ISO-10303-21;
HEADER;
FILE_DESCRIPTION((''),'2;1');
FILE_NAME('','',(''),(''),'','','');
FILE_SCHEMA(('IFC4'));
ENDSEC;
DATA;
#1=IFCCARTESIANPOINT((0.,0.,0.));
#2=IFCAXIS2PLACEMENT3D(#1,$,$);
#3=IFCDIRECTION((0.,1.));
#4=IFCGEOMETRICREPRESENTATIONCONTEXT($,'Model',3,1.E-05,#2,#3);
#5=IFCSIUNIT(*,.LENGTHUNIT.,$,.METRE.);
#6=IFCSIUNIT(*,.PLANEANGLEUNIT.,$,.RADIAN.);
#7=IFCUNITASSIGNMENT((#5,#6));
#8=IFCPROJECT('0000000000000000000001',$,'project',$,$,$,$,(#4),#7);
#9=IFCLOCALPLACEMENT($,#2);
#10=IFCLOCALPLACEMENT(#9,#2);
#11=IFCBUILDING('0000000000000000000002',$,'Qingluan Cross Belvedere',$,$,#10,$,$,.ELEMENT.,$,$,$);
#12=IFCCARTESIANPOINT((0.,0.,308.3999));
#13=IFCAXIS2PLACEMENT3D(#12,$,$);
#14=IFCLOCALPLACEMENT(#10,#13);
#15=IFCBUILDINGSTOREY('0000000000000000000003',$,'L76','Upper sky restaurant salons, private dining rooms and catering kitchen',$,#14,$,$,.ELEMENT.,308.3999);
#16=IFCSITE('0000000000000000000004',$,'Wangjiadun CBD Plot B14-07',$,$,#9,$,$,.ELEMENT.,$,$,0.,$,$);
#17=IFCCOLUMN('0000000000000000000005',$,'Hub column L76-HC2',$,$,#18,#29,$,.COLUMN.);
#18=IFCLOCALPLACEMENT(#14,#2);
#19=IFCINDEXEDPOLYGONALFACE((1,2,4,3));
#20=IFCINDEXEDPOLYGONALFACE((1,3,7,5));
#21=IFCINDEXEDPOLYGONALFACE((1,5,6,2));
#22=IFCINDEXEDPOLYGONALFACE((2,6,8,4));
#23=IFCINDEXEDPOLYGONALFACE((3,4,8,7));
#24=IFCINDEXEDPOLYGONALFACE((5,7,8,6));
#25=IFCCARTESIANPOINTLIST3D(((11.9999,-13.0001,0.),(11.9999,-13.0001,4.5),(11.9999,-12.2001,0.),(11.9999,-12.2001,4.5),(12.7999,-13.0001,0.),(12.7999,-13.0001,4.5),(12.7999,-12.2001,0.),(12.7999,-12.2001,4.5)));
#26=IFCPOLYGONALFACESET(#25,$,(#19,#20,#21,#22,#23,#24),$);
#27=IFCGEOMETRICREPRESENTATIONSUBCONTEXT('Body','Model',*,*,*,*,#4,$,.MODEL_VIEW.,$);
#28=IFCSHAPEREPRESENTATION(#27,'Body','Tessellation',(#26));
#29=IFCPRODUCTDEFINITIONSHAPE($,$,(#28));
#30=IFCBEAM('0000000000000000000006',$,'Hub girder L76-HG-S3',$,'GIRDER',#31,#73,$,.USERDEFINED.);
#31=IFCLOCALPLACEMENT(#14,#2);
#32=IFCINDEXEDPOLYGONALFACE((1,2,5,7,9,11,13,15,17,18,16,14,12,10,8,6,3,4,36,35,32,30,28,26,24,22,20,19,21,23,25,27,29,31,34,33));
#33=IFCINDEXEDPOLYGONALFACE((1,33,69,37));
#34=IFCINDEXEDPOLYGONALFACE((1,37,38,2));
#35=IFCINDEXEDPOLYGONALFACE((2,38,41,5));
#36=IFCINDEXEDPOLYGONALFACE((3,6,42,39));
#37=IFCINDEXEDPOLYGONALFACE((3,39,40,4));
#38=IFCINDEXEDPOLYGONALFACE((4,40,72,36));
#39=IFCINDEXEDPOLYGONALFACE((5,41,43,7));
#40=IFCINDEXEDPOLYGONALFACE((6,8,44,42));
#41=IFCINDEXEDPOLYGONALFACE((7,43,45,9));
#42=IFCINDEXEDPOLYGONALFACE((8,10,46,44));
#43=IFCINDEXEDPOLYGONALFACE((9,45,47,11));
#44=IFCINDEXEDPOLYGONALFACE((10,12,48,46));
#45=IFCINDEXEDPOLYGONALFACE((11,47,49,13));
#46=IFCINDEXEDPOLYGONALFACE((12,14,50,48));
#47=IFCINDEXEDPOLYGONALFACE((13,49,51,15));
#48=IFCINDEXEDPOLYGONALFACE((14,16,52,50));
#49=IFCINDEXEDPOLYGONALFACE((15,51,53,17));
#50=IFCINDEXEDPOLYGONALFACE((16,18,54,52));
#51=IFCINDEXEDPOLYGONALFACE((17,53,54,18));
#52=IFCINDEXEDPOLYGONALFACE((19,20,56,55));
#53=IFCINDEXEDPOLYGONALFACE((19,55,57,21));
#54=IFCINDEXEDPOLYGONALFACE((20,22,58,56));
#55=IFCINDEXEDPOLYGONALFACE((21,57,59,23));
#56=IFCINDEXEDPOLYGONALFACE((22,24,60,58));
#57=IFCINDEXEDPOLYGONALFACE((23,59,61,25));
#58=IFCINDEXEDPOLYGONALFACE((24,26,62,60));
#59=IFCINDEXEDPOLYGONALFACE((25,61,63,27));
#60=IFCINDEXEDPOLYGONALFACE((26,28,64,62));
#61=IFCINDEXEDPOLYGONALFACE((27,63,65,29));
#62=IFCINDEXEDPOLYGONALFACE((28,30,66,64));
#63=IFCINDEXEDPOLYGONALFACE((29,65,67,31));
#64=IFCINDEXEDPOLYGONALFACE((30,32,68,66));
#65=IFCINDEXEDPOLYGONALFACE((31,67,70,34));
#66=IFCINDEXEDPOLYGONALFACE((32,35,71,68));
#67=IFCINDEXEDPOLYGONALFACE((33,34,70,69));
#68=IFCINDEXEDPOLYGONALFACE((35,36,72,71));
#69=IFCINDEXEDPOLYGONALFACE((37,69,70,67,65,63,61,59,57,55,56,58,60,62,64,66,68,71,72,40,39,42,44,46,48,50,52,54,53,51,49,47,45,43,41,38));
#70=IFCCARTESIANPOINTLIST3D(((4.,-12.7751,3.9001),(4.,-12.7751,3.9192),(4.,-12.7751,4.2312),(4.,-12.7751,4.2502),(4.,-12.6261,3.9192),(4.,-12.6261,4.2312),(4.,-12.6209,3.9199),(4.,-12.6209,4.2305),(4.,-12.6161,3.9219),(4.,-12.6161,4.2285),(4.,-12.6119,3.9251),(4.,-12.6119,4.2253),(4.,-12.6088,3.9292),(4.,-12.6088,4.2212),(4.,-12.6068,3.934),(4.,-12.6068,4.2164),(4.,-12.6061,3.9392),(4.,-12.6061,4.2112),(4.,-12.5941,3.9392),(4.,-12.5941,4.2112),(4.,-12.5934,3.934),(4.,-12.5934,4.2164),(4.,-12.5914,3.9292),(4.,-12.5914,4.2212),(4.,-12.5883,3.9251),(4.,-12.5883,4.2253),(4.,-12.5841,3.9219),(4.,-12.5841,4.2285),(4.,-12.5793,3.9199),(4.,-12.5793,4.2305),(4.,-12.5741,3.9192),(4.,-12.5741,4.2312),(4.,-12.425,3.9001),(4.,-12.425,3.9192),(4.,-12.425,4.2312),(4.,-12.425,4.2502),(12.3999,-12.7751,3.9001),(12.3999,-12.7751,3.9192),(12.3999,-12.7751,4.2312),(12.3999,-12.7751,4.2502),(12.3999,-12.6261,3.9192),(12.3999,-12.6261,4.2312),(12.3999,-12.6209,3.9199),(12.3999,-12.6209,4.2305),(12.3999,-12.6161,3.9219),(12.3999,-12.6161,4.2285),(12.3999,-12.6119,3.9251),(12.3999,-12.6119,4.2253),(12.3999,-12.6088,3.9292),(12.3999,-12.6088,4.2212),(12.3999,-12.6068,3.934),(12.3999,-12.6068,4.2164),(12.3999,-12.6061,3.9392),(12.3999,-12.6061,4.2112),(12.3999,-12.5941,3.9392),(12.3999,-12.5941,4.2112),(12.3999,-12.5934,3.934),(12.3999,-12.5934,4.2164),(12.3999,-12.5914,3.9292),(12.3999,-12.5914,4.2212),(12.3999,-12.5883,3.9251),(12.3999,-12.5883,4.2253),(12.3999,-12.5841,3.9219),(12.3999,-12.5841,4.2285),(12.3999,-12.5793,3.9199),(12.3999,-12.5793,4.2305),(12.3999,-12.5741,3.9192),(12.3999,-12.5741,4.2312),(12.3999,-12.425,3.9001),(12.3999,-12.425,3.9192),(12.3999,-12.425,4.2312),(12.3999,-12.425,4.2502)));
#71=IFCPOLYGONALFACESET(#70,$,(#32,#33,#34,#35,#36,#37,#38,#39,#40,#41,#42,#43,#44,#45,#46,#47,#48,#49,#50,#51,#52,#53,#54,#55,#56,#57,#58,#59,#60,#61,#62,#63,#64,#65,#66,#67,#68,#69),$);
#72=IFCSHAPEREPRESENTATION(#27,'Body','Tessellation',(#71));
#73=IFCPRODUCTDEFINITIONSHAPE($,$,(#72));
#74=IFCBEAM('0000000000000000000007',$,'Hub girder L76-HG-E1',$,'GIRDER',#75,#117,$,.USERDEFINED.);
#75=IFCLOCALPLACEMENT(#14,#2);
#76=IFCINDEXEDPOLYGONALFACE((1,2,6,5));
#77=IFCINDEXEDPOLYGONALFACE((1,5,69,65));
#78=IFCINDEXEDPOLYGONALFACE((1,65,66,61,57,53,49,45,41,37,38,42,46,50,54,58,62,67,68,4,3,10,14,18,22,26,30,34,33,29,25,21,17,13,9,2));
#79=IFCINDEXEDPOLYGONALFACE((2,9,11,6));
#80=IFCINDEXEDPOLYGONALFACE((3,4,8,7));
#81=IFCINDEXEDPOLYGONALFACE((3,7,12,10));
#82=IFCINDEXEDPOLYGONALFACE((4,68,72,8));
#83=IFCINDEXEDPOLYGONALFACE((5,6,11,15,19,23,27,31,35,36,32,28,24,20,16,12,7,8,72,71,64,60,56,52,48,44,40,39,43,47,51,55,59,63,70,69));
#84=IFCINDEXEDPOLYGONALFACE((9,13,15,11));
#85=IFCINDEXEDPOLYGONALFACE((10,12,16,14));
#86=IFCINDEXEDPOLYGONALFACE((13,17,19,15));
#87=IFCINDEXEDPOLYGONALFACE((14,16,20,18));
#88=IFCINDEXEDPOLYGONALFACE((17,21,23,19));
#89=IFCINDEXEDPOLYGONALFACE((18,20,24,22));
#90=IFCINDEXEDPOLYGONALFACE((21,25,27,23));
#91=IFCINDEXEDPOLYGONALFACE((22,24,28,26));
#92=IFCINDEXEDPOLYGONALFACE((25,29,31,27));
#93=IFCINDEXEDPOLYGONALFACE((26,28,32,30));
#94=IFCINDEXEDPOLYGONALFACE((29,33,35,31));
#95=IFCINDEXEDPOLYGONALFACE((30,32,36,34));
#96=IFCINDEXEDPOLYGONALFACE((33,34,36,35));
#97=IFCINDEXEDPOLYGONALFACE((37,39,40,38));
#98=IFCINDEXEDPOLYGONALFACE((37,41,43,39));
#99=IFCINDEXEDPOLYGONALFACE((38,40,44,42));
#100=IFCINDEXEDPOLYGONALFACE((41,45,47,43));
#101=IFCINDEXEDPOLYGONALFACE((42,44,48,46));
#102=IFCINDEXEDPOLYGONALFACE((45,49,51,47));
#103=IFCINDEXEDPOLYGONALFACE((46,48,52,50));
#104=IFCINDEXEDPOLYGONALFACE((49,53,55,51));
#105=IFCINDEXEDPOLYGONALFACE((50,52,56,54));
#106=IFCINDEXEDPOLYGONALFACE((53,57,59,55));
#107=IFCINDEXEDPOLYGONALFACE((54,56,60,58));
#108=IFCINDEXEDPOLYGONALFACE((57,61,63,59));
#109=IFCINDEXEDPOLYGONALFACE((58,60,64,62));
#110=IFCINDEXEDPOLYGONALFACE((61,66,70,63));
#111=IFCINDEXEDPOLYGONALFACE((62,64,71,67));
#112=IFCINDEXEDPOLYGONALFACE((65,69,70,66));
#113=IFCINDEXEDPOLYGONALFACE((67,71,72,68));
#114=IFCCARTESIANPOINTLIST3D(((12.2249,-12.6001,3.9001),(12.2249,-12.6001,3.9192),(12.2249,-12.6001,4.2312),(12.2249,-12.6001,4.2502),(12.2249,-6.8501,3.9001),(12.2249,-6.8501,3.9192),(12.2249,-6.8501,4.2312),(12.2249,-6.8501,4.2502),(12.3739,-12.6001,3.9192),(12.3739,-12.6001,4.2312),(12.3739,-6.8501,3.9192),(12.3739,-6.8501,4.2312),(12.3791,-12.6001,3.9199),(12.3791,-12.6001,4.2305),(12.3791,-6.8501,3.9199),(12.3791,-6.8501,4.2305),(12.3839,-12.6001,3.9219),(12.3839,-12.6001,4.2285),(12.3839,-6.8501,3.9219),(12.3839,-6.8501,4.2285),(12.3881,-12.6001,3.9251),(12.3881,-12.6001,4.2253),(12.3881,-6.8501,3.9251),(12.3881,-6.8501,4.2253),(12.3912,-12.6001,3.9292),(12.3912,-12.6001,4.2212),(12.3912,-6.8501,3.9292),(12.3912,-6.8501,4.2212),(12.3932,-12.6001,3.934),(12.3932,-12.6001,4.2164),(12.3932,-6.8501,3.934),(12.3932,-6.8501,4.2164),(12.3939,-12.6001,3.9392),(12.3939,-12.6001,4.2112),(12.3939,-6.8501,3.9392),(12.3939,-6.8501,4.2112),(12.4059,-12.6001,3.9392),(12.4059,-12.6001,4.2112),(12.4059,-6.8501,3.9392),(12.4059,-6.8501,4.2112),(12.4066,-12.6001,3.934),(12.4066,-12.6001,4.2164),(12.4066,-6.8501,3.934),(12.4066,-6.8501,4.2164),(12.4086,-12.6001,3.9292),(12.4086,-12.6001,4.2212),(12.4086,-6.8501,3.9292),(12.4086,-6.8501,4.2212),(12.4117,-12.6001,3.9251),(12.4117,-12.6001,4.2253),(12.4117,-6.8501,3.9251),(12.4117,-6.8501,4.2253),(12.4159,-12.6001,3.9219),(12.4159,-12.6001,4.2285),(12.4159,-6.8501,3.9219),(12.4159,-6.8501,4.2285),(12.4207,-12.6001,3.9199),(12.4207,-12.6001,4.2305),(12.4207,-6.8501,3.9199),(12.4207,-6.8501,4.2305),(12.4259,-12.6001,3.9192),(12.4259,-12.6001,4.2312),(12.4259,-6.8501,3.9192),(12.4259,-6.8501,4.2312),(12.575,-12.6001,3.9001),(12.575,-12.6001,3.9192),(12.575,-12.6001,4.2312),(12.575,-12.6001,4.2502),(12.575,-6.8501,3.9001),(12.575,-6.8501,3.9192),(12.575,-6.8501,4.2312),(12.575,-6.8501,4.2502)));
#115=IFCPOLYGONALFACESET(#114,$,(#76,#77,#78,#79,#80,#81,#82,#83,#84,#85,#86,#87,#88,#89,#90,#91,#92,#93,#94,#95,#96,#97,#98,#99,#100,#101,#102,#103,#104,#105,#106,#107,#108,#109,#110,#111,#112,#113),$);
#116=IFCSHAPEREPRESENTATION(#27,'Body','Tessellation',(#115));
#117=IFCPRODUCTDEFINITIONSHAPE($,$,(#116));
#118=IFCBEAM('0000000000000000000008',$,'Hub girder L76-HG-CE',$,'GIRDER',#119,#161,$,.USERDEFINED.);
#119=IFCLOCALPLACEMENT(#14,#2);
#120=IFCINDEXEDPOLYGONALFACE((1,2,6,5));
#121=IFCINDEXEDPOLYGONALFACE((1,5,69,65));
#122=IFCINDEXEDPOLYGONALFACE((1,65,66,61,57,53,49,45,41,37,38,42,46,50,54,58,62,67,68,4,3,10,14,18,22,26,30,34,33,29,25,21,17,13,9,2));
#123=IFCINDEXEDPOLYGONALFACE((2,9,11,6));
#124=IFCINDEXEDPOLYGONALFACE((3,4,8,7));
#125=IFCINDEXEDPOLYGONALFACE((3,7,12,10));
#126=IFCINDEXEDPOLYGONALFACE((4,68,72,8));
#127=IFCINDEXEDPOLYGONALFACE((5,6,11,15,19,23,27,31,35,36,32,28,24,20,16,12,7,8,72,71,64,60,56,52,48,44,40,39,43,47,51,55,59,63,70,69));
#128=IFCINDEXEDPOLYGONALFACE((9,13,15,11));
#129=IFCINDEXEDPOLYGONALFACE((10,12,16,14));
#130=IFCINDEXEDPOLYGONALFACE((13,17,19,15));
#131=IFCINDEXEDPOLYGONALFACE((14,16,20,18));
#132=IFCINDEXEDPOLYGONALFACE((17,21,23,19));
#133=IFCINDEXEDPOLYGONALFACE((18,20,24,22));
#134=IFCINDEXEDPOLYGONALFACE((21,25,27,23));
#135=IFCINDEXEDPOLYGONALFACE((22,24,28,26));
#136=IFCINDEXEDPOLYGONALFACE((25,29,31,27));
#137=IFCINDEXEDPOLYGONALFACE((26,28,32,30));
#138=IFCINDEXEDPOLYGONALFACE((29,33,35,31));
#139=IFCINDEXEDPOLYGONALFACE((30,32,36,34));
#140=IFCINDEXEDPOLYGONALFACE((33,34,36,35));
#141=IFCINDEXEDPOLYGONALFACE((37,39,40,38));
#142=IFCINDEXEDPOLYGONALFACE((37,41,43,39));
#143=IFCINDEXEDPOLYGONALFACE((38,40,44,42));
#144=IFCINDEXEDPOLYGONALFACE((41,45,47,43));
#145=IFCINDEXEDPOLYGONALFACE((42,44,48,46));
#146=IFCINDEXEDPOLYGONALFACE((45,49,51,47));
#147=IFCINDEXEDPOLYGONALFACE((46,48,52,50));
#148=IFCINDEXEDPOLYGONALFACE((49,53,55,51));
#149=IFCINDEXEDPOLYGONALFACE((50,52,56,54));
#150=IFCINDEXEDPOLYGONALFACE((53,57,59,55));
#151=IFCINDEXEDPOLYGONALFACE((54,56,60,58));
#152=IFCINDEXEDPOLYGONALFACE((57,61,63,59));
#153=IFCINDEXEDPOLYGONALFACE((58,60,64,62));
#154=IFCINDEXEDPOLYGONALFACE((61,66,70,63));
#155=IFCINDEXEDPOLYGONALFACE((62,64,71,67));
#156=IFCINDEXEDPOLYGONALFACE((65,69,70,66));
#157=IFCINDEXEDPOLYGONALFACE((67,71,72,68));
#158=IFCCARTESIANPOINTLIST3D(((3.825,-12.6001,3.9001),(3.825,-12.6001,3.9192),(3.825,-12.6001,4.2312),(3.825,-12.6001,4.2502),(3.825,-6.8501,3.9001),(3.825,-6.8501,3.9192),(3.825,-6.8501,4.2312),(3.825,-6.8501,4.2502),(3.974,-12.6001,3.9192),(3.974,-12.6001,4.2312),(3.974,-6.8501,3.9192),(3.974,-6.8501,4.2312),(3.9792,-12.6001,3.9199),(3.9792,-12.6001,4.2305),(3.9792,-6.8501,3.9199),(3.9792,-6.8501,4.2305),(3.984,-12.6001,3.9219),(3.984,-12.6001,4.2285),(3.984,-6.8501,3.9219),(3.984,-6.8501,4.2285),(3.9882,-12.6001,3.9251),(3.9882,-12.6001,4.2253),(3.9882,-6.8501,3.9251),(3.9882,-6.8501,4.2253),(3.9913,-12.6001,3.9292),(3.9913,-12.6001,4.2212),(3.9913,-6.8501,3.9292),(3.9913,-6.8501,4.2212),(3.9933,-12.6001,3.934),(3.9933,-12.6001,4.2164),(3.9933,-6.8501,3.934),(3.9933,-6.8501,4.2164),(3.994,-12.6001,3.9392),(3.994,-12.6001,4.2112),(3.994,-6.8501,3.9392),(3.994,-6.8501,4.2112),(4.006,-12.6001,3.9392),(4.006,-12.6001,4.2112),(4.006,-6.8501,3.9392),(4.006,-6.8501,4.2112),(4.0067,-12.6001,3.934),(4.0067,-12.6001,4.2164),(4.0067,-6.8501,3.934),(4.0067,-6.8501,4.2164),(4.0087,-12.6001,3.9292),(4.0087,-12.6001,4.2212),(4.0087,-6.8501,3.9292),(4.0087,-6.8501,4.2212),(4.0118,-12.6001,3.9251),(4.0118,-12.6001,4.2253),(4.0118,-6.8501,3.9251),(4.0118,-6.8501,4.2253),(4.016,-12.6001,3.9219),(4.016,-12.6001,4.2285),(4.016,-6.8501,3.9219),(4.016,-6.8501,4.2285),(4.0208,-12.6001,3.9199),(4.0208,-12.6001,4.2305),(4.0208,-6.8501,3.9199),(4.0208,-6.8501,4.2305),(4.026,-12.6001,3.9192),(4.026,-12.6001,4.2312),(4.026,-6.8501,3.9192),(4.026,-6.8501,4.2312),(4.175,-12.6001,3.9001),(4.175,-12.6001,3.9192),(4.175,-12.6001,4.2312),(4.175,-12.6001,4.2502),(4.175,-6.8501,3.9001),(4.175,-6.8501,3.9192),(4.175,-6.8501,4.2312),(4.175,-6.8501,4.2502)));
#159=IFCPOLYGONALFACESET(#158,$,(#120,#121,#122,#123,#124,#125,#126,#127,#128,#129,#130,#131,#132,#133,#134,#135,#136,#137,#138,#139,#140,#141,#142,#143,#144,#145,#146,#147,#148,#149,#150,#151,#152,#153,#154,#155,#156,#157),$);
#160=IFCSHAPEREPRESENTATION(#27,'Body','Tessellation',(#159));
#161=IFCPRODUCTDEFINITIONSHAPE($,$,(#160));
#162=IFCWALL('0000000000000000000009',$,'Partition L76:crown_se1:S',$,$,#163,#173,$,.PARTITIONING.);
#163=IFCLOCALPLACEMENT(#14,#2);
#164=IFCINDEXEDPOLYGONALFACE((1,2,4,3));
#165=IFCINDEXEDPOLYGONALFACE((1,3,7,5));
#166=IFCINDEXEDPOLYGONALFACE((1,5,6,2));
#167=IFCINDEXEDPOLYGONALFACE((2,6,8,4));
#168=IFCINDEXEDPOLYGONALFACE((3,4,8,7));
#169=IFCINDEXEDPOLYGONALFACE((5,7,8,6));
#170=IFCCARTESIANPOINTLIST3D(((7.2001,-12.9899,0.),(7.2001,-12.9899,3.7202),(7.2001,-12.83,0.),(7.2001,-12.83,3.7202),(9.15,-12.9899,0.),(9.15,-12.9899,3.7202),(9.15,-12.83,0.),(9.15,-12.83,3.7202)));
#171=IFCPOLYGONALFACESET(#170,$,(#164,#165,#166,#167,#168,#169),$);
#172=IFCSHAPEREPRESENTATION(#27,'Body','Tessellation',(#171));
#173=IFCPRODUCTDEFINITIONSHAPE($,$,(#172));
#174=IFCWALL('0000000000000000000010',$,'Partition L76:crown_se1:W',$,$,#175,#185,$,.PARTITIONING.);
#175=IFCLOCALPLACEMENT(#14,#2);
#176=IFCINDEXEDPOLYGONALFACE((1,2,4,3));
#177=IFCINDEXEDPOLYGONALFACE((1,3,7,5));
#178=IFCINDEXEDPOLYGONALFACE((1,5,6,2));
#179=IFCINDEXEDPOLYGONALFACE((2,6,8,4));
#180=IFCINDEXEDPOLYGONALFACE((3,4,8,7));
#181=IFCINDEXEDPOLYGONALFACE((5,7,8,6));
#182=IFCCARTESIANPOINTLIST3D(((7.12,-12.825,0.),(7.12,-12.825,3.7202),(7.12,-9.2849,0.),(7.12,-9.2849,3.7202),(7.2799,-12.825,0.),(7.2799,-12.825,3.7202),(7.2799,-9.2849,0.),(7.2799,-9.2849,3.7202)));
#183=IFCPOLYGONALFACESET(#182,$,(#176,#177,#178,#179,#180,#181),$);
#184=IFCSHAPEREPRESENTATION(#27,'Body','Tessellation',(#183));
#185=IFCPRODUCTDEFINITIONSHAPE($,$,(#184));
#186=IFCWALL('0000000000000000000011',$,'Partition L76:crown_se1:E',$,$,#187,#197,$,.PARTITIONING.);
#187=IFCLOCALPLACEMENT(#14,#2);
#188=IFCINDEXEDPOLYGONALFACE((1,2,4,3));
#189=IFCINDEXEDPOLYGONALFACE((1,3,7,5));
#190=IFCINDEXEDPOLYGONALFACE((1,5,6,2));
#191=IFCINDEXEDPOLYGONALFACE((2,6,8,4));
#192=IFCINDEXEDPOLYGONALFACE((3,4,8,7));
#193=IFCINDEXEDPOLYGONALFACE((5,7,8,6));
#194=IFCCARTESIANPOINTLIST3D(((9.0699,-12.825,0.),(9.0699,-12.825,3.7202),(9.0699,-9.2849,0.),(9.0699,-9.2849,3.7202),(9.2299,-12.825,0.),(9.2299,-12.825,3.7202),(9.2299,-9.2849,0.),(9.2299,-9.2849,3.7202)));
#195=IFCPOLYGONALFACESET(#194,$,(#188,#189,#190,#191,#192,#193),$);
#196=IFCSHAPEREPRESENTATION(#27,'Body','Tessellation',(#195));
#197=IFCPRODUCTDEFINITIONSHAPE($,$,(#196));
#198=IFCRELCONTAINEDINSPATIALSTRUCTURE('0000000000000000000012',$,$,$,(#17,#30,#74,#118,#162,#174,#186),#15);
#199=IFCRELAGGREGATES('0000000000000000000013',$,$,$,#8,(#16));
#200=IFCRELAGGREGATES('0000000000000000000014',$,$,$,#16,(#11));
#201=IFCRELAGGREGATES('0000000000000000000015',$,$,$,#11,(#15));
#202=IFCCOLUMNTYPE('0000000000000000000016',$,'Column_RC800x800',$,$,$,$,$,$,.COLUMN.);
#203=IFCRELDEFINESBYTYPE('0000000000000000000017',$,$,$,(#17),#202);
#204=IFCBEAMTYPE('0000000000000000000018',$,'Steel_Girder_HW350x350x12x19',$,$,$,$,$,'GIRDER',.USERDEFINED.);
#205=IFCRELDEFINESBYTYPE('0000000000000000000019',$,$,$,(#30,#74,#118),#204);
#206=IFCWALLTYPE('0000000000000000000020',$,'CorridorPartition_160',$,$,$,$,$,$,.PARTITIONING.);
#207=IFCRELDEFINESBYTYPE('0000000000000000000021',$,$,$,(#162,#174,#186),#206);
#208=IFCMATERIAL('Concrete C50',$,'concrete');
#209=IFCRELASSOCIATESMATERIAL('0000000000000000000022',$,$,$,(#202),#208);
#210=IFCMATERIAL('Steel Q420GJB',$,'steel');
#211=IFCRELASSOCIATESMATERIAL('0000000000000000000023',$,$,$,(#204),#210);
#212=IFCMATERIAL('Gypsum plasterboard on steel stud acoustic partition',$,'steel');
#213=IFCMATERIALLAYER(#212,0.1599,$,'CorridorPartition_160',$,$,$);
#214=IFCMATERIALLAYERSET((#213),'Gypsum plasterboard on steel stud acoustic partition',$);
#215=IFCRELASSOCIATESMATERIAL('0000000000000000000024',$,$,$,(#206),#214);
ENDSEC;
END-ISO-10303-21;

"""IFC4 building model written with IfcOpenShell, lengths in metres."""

from ifc_helpers import new_model, si_unit, direction, frame, frame_2d, origin, origin_2d, place, context, subcontext, project, spatial, rectangle, i_section, extrude, material, layer, layer_set, material_profile, profile_set, type_object, element, save


model = new_model("IFC4")

# Units and contexts
model_context = context("Model", 3, precision=1e-05, world=origin(), true_north=direction((0.0, 1.0)))
body_context = subcontext(model_context, "Body", "Model", "MODEL_VIEW")
ifc_project = project(units=[si_unit("LENGTHUNIT", "METRE"), si_unit("PLANEANGLEUNIT", "RADIAN")], contexts=[model_context])

# Site, building, storey
site_placement = place(None, origin())
site = spatial("IfcSite", under=ifc_project, at=site_placement, Name="Wangjiadun CBD Plot B14-07", CompositionType="ELEMENT", RefElevation=0.0)
building_placement = place(site_placement, origin())
building = spatial("IfcBuilding", under=site, at=building_placement, Name="Qingluan Cross Belvedere", CompositionType="ELEMENT")
storey_placement = place(building_placement, frame((0.0, 0.0, 308.3999)))
storey = spatial("IfcBuildingStorey", under=building, at=storey_placement, Name="L76", Description="Upper sky restaurant salons, private dining rooms and catering kitchen", CompositionType="ELEMENT", Elevation=308.3999)

# Column
ifc_material_1 = material(Name="Concrete C50", Category="concrete")
ifc_material_profile_1 = material_profile(ifc_material_1, rectangle(XDim=0.8, YDim=0.8, at=origin_2d()), Name="RC800x800")
ifc_profile_set_1 = profile_set([ifc_material_profile_1], Name="Concrete C50")
column_type = type_object("IfcColumnType", Name="Column_RC800x800", PredefinedType="COLUMN", material=ifc_profile_set_1)
column_placement = place(storey_placement, frame((12.3999, -12.6001, 0.0), z_axis=(0.0, 0.0, 1.0), x_axis=(1.0, 0.0, 0.0)))
element("IfcColumn", 1, at=column_placement, inside=storey, type_object=column_type, Name="Hub column L76-HC2", PredefinedType="COLUMN", context=body_context, shape_type="SweptSolid", body=[
    extrude(rectangle(XDim=0.8, YDim=0.8, at=origin_2d()), origin(), (0.0, 0.0, 1.0), 4.5),
])

# Beams
ifc_material_2 = material(Name="Steel Q420GJB", Category="steel")
ifc_material_profile_2 = material_profile(ifc_material_2, i_section(OverallWidth=0.3501, OverallDepth=0.3501, WebThickness=0.012, FlangeThickness=0.019, FilletRadius=0.02, at=origin_2d()), Name="HW350x350x12x19")
ifc_profile_set_2 = profile_set([ifc_material_profile_2], Name="Steel Q420GJB")
beam_type = type_object("IfcBeamType", Name="Steel_Girder_HW350x350x12x19", ElementType="GIRDER", PredefinedType="USERDEFINED", material=ifc_profile_set_2)
beam_placement = place(storey_placement, frame((4.0, -12.6001, 4.0752), z_axis=(1.0, 0.0, 0.0), x_axis=(0.0, 1.0, 0.0)))
element("IfcBeam", 2, at=beam_placement, inside=storey, type_object=beam_type, Name="Hub girder L76-HG-S3", ObjectType="GIRDER", PredefinedType="USERDEFINED", context=body_context, shape_type="SweptSolid", body=[
    extrude(i_section(OverallWidth=0.3501, OverallDepth=0.3501, WebThickness=0.012, FlangeThickness=0.019, FilletRadius=0.02, at=origin_2d()), origin(), (0.0, 0.0, 1.0), 8.3999),
])
for number, where, z_axis, x_axis, name in (
    (3, (12.3999, -12.6001, 4.0752), (0.0, 1.0, 0.0), (-1.0, 0.0, 0.0), "Hub girder L76-HG-E1"),
    (4, (4.0, -12.6001, 4.0752), (0.0, 1.0, 0.0), (-1.0, 0.0, 0.0), "Hub girder L76-HG-CE"),
):
    element("IfcBeam", number, at=place(storey_placement, frame(where, z_axis=z_axis, x_axis=x_axis)), inside=storey, type_object=beam_type, Name=name, ObjectType="GIRDER", PredefinedType="USERDEFINED", context=body_context, shape_type="SweptSolid", body=[
        extrude(i_section(OverallWidth=0.3501, OverallDepth=0.3501, WebThickness=0.012, FlangeThickness=0.019, FilletRadius=0.02, at=origin_2d()), origin(), (0.0, 0.0, 1.0), 5.75),
    ])

# Wall
ifc_material_3 = material(Name="Gypsum plasterboard on steel stud acoustic partition", Category="steel")
ifc_layer_1 = layer(ifc_material_3, 0.1599, Name="CorridorPartition_160")
ifc_layer_set_1 = layer_set([ifc_layer_1], Name="Gypsum plasterboard on steel stud acoustic partition")
wall_type_1 = type_object("IfcWallType", Name="CorridorPartition_160", PredefinedType="PARTITIONING", material=ifc_layer_set_1)
wall_1_placement = place(storey_placement, frame((7.2, -12.9099, 0.0), z_axis=(0.0, 0.0, 1.0), x_axis=(1.0, 0.0, 0.0)))
element("IfcWall", 5, at=wall_1_placement, inside=storey, type_object=wall_type_1, Name="Partition L76:crown_se1:S", PredefinedType="PARTITIONING", context=body_context, shape_type="SweptSolid", body=[
    extrude(rectangle(XDim=1.95, YDim=0.1599, at=frame_2d((0.9751, 0.0))), origin(), (0.0, 0.0, 1.0), 3.7202),
])

# Walls
for number, where, z_axis, x_axis, name in (
    (6, (7.2, -12.825, 0.0), (0.0, 0.0, 1.0), (0.0, 1.0, 0.0), "Partition L76:crown_se1:W"),
    (7, (9.1499, -12.825, 0.0), (0.0, 0.0, 1.0), (0.0, 1.0, 0.0), "Partition L76:crown_se1:E"),
):
    element("IfcWall", number, at=place(storey_placement, frame(where, z_axis=z_axis, x_axis=x_axis)), inside=storey, type_object=wall_type_1, Name=name, PredefinedType="PARTITIONING", context=body_context, shape_type="SweptSolid", body=[
        extrude(rectangle(XDim=3.54, YDim=0.1599, at=frame_2d((1.77, 0.0))), origin(), (0.0, 0.0, 1.0), 3.7202),
    ])

save(model, "model.ifc")
